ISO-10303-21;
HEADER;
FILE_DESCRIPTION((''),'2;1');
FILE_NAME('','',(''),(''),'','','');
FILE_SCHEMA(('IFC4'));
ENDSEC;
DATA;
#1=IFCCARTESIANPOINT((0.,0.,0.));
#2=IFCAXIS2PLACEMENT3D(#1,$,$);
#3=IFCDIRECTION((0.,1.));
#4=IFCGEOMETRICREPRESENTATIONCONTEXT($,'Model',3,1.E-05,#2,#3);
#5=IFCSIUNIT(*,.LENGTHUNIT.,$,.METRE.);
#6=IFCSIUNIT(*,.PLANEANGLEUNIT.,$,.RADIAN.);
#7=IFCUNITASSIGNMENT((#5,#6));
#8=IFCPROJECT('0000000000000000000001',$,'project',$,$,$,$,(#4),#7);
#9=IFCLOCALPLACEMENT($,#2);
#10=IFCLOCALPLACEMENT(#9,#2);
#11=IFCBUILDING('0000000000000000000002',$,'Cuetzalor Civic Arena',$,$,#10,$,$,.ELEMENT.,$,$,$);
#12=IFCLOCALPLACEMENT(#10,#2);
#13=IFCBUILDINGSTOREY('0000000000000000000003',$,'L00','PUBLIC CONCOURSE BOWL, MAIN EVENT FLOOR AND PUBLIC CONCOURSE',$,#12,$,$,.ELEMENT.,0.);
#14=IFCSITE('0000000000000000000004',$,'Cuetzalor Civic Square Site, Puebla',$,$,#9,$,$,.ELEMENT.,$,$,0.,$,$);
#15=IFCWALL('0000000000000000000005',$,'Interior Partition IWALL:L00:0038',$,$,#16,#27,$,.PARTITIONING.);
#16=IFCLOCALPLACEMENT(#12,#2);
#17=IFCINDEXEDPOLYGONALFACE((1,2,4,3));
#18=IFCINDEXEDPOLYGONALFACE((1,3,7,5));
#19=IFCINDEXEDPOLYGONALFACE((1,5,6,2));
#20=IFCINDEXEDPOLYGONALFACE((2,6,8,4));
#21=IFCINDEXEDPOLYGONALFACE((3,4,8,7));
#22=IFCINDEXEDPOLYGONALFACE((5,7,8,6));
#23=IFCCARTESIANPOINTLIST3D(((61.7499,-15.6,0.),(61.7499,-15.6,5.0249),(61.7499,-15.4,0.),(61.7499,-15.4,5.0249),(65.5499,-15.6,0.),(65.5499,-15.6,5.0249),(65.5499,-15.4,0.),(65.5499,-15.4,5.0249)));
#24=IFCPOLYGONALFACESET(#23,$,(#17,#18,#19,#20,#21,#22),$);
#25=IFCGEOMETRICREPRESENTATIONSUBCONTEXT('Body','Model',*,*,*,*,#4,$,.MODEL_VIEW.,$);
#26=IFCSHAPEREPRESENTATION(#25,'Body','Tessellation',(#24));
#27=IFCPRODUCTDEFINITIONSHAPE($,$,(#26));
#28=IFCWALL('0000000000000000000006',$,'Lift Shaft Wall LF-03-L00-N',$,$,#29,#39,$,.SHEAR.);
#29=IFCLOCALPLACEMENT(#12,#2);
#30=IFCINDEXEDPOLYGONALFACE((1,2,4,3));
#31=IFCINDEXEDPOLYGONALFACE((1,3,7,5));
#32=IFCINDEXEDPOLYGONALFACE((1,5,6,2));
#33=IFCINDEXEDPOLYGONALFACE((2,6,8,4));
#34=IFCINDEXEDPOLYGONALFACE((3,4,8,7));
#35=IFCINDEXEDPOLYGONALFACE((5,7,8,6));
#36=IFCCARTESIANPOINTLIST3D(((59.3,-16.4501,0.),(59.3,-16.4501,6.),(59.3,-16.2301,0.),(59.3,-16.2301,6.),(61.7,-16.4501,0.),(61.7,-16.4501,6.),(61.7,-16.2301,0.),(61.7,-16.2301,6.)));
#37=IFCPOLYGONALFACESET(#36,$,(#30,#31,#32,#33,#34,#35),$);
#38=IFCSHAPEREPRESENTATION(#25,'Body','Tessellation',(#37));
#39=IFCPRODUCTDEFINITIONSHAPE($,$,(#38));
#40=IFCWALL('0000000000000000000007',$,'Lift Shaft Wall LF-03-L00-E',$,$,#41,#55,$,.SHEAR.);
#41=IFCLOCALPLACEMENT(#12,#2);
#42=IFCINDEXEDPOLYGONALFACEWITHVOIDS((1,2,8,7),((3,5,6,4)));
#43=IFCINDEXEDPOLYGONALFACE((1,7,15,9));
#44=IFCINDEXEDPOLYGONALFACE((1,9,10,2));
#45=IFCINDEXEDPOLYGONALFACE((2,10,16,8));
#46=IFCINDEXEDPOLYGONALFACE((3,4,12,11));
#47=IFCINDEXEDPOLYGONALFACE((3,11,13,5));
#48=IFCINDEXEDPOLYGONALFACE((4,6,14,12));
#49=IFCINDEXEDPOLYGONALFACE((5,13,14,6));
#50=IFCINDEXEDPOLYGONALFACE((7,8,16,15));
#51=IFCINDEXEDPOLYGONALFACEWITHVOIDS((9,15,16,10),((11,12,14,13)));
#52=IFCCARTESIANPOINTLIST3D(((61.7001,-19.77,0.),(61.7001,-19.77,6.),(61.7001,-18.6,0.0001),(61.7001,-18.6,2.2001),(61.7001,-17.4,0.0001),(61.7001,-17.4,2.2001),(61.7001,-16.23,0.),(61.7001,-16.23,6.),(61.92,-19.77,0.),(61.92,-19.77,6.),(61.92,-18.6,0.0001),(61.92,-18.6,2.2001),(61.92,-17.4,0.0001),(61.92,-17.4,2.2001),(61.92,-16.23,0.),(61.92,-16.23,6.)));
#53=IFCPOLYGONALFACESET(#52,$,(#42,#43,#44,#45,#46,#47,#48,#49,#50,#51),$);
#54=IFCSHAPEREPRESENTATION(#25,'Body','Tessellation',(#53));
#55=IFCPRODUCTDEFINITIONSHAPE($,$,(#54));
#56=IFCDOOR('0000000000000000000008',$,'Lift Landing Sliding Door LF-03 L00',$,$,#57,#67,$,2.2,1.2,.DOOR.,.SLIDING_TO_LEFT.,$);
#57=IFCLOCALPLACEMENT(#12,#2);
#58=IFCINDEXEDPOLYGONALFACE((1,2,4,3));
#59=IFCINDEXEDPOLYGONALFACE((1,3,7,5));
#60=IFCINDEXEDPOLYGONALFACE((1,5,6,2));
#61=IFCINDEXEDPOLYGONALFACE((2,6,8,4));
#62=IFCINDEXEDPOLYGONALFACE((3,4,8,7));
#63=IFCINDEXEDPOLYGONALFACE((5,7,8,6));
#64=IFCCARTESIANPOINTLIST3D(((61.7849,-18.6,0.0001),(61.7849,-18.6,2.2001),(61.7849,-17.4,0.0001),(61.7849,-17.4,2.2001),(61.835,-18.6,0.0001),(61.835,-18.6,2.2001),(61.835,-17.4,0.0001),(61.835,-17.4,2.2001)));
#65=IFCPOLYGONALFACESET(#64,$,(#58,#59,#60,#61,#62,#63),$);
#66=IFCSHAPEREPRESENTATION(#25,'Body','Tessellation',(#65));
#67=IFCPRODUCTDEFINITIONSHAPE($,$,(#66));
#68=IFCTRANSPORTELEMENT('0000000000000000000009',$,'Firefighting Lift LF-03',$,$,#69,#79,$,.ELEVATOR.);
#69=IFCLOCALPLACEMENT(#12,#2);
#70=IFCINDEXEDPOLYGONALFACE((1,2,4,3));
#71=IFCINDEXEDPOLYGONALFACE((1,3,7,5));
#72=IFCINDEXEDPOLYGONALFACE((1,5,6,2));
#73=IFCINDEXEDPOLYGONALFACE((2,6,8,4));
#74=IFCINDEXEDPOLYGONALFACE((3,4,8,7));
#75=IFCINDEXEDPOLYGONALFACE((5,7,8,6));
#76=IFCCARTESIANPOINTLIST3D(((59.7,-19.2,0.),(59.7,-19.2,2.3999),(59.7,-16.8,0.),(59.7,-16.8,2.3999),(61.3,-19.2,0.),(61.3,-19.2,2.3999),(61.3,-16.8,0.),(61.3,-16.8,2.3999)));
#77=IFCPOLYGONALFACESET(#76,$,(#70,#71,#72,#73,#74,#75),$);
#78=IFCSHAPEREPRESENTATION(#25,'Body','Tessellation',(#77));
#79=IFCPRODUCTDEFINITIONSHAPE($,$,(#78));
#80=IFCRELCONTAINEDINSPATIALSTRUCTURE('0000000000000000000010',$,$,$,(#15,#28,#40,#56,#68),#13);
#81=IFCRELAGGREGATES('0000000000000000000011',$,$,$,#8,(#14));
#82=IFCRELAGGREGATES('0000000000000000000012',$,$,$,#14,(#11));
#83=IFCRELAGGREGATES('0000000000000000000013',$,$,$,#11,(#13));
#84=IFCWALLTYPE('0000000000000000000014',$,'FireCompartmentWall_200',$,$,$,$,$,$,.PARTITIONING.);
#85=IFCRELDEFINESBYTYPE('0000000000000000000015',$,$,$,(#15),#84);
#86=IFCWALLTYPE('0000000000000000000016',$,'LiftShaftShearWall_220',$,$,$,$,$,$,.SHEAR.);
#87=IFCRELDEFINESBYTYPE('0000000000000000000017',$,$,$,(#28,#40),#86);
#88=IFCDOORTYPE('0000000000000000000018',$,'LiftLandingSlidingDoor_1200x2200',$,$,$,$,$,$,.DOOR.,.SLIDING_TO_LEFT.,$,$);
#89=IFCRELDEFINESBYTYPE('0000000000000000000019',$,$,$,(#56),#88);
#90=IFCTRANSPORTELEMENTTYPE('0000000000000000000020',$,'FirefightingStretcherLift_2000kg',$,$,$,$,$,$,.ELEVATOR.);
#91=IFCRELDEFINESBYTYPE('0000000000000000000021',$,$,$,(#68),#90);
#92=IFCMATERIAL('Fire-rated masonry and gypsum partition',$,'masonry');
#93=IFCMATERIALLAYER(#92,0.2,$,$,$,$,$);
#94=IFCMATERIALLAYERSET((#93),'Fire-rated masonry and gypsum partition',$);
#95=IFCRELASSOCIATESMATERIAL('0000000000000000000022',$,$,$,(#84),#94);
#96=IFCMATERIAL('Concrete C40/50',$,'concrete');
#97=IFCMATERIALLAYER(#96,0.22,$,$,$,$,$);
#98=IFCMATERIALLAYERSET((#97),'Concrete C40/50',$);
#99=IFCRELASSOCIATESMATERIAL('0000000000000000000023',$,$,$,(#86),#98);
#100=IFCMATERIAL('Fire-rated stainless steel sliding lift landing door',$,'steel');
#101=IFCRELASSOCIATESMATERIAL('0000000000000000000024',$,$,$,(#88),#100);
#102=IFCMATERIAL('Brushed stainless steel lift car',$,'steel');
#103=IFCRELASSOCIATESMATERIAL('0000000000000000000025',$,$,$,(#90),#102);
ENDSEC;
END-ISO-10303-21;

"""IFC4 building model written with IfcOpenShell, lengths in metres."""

from ifc_helpers import new_model, si_unit, direction, frame, frame_2d, origin, origin_2d, place, context, subcontext, project, spatial, rectangle, extrude, material, layer, layer_set, type_object, element, fill, save


model = new_model("IFC4")

# Units and contexts
model_context = context("Model", 3, precision=1e-05, world=origin(), true_north=direction((0.0, 1.0)))
body_context = subcontext(model_context, "Body", "Model", "MODEL_VIEW")
ifc_project = project(units=[si_unit("LENGTHUNIT", "METRE"), si_unit("PLANEANGLEUNIT", "RADIAN")], contexts=[model_context])

# Site, building, storey
site_placement = place(None, origin())
site = spatial("IfcSite", under=ifc_project, at=site_placement, Name="Cuetzalor Civic Square Site, Puebla", CompositionType="ELEMENT", RefElevation=0.0)
building_placement = place(site_placement, origin())
building = spatial("IfcBuilding", under=site, at=building_placement, Name="Cuetzalor Civic Arena", CompositionType="ELEMENT")
storey_placement = place(building_placement, origin())
storey = spatial("IfcBuildingStorey", under=building, at=storey_placement, Name="L00", Description="PUBLIC CONCOURSE BOWL, MAIN EVENT FLOOR AND PUBLIC CONCOURSE", CompositionType="ELEMENT", Elevation=0.0)

# Walls
ifc_material_1 = material(Name="Fire-rated masonry and gypsum partition", Category="masonry")
ifc_layer_1 = layer(ifc_material_1, 0.2)
ifc_layer_set_1 = layer_set([ifc_layer_1], Name="Fire-rated masonry and gypsum partition")
wall_type_1 = type_object("IfcWallType", Name="FireCompartmentWall_200", PredefinedType="PARTITIONING", material=ifc_layer_set_1)
wall_1_placement = place(storey_placement, frame((61.75, -15.5, 0.0), z_axis=(0.0, 0.0, 1.0), x_axis=(1.0, 0.0, 0.0)))
element("IfcWall", 1, at=wall_1_placement, inside=storey, type_object=wall_type_1, Name="Interior Partition IWALL:L00:0038", PredefinedType="PARTITIONING", context=body_context, shape_type="SweptSolid", body=[
    extrude(rectangle(XDim=3.8, YDim=0.2, at=frame_2d((1.8999, 0.0))), origin(), (0.0, 0.0, 1.0), 5.0249),
])
ifc_material_2 = material(Name="Concrete C40/50", Category="concrete")
ifc_layer_2 = layer(ifc_material_2, 0.22)
ifc_layer_set_2 = layer_set([ifc_layer_2], Name="Concrete C40/50")
wall_type_2 = type_object("IfcWallType", Name="LiftShaftShearWall_220", PredefinedType="SHEAR", material=ifc_layer_set_2)
wall_2_placement = place(storey_placement, frame((59.3, -16.3401, 0.0), z_axis=(0.0, 0.0, 1.0), x_axis=(1.0, 0.0, 0.0)))
element("IfcWall", 2, at=wall_2_placement, inside=storey, type_object=wall_type_2, Name="Lift Shaft Wall LF-03-L00-N", PredefinedType="SHEAR", context=body_context, shape_type="SweptSolid", body=[
    extrude(rectangle(XDim=2.3999, YDim=0.22, at=frame_2d((1.2, 0.0))), origin(), (0.0, 0.0, 1.0), 6.0),
])

# Wall, opening, door
wall_3_placement = place(storey_placement, frame((61.8101, -16.23, 0.0), z_axis=(0.0, 0.0, 1.0), x_axis=(0.0, -1.0, 0.0)))
wall_3 = element("IfcWall", 3, at=wall_3_placement, inside=storey, type_object=wall_type_2, Name="Lift Shaft Wall LF-03-L00-E", PredefinedType="SHEAR", context=body_context, shape_type="SweptSolid", body=[
    extrude(rectangle(XDim=3.54, YDim=0.22, at=frame_2d((1.77, 0.0))), origin(), (0.0, 0.0, 1.0), 6.0),
])
opening_placement = place(wall_3_placement, frame((1.1699, 0.0, 0.0)))
opening = element("IfcOpeningElement", 4, at=opening_placement, cuts=wall_3, PredefinedType="OPENING", context=body_context, shape_type="SweptSolid", body=[
    extrude(rectangle(XDim=1.2, YDim=2.2, at=frame_2d((0.6001, 1.1001))), frame((0.0, 0.1201, 0.0), z_axis=(0.0, -1.0, 0.0), x_axis=(1.0, 0.0, 0.0)), (0.0, 0.0, 1.0), 0.24),
])
ifc_material_3 = material(Name="Fire-rated stainless steel sliding lift landing door", Category="steel")
door_type = type_object("IfcDoorType", Name="LiftLandingSlidingDoor_1200x2200", OperationType="SLIDING_TO_LEFT", PredefinedType="DOOR", material=ifc_material_3)
door_placement = place(opening_placement, origin())
door = element("IfcDoor", 5, at=door_placement, inside=storey, type_object=door_type, Name="Lift Landing Sliding Door LF-03 L00", OperationType="SLIDING_TO_LEFT", OverallHeight=2.2, OverallWidth=1.2, PredefinedType="DOOR", context=body_context, shape_type="SweptSolid", body=[
    extrude(rectangle(XDim=1.2, YDim=2.2, at=frame_2d((0.6001, 1.1001))), frame((0.0, 0.0249, 0.0), z_axis=(0.0, -1.0, 0.0), x_axis=(1.0, 0.0, 0.0)), (0.0, 0.0, 1.0), 0.05),
])
fill(opening, door)

# Transport element
ifc_material_4 = material(Name="Brushed stainless steel lift car", Category="steel")
transport_element_type = type_object("IfcTransportElementType", Name="FirefightingStretcherLift_2000kg", PredefinedType="ELEVATOR", material=ifc_material_4)
transport_element_placement = place(storey_placement, frame((60.5, -18.0, 0.0), z_axis=(0.0, 0.0, 1.0), x_axis=(1.0, 0.0, 0.0)))
element("IfcTransportElement", 6, at=transport_element_placement, inside=storey, type_object=transport_element_type, Name="Firefighting Lift LF-03", PredefinedType="ELEVATOR", context=body_context, shape_type="SweptSolid", body=[
    extrude(rectangle(XDim=1.6001, YDim=2.3999, at=origin_2d()), origin(), (0.0, 0.0, 1.0), 2.3999),
])

save(model, "model.ifc")
